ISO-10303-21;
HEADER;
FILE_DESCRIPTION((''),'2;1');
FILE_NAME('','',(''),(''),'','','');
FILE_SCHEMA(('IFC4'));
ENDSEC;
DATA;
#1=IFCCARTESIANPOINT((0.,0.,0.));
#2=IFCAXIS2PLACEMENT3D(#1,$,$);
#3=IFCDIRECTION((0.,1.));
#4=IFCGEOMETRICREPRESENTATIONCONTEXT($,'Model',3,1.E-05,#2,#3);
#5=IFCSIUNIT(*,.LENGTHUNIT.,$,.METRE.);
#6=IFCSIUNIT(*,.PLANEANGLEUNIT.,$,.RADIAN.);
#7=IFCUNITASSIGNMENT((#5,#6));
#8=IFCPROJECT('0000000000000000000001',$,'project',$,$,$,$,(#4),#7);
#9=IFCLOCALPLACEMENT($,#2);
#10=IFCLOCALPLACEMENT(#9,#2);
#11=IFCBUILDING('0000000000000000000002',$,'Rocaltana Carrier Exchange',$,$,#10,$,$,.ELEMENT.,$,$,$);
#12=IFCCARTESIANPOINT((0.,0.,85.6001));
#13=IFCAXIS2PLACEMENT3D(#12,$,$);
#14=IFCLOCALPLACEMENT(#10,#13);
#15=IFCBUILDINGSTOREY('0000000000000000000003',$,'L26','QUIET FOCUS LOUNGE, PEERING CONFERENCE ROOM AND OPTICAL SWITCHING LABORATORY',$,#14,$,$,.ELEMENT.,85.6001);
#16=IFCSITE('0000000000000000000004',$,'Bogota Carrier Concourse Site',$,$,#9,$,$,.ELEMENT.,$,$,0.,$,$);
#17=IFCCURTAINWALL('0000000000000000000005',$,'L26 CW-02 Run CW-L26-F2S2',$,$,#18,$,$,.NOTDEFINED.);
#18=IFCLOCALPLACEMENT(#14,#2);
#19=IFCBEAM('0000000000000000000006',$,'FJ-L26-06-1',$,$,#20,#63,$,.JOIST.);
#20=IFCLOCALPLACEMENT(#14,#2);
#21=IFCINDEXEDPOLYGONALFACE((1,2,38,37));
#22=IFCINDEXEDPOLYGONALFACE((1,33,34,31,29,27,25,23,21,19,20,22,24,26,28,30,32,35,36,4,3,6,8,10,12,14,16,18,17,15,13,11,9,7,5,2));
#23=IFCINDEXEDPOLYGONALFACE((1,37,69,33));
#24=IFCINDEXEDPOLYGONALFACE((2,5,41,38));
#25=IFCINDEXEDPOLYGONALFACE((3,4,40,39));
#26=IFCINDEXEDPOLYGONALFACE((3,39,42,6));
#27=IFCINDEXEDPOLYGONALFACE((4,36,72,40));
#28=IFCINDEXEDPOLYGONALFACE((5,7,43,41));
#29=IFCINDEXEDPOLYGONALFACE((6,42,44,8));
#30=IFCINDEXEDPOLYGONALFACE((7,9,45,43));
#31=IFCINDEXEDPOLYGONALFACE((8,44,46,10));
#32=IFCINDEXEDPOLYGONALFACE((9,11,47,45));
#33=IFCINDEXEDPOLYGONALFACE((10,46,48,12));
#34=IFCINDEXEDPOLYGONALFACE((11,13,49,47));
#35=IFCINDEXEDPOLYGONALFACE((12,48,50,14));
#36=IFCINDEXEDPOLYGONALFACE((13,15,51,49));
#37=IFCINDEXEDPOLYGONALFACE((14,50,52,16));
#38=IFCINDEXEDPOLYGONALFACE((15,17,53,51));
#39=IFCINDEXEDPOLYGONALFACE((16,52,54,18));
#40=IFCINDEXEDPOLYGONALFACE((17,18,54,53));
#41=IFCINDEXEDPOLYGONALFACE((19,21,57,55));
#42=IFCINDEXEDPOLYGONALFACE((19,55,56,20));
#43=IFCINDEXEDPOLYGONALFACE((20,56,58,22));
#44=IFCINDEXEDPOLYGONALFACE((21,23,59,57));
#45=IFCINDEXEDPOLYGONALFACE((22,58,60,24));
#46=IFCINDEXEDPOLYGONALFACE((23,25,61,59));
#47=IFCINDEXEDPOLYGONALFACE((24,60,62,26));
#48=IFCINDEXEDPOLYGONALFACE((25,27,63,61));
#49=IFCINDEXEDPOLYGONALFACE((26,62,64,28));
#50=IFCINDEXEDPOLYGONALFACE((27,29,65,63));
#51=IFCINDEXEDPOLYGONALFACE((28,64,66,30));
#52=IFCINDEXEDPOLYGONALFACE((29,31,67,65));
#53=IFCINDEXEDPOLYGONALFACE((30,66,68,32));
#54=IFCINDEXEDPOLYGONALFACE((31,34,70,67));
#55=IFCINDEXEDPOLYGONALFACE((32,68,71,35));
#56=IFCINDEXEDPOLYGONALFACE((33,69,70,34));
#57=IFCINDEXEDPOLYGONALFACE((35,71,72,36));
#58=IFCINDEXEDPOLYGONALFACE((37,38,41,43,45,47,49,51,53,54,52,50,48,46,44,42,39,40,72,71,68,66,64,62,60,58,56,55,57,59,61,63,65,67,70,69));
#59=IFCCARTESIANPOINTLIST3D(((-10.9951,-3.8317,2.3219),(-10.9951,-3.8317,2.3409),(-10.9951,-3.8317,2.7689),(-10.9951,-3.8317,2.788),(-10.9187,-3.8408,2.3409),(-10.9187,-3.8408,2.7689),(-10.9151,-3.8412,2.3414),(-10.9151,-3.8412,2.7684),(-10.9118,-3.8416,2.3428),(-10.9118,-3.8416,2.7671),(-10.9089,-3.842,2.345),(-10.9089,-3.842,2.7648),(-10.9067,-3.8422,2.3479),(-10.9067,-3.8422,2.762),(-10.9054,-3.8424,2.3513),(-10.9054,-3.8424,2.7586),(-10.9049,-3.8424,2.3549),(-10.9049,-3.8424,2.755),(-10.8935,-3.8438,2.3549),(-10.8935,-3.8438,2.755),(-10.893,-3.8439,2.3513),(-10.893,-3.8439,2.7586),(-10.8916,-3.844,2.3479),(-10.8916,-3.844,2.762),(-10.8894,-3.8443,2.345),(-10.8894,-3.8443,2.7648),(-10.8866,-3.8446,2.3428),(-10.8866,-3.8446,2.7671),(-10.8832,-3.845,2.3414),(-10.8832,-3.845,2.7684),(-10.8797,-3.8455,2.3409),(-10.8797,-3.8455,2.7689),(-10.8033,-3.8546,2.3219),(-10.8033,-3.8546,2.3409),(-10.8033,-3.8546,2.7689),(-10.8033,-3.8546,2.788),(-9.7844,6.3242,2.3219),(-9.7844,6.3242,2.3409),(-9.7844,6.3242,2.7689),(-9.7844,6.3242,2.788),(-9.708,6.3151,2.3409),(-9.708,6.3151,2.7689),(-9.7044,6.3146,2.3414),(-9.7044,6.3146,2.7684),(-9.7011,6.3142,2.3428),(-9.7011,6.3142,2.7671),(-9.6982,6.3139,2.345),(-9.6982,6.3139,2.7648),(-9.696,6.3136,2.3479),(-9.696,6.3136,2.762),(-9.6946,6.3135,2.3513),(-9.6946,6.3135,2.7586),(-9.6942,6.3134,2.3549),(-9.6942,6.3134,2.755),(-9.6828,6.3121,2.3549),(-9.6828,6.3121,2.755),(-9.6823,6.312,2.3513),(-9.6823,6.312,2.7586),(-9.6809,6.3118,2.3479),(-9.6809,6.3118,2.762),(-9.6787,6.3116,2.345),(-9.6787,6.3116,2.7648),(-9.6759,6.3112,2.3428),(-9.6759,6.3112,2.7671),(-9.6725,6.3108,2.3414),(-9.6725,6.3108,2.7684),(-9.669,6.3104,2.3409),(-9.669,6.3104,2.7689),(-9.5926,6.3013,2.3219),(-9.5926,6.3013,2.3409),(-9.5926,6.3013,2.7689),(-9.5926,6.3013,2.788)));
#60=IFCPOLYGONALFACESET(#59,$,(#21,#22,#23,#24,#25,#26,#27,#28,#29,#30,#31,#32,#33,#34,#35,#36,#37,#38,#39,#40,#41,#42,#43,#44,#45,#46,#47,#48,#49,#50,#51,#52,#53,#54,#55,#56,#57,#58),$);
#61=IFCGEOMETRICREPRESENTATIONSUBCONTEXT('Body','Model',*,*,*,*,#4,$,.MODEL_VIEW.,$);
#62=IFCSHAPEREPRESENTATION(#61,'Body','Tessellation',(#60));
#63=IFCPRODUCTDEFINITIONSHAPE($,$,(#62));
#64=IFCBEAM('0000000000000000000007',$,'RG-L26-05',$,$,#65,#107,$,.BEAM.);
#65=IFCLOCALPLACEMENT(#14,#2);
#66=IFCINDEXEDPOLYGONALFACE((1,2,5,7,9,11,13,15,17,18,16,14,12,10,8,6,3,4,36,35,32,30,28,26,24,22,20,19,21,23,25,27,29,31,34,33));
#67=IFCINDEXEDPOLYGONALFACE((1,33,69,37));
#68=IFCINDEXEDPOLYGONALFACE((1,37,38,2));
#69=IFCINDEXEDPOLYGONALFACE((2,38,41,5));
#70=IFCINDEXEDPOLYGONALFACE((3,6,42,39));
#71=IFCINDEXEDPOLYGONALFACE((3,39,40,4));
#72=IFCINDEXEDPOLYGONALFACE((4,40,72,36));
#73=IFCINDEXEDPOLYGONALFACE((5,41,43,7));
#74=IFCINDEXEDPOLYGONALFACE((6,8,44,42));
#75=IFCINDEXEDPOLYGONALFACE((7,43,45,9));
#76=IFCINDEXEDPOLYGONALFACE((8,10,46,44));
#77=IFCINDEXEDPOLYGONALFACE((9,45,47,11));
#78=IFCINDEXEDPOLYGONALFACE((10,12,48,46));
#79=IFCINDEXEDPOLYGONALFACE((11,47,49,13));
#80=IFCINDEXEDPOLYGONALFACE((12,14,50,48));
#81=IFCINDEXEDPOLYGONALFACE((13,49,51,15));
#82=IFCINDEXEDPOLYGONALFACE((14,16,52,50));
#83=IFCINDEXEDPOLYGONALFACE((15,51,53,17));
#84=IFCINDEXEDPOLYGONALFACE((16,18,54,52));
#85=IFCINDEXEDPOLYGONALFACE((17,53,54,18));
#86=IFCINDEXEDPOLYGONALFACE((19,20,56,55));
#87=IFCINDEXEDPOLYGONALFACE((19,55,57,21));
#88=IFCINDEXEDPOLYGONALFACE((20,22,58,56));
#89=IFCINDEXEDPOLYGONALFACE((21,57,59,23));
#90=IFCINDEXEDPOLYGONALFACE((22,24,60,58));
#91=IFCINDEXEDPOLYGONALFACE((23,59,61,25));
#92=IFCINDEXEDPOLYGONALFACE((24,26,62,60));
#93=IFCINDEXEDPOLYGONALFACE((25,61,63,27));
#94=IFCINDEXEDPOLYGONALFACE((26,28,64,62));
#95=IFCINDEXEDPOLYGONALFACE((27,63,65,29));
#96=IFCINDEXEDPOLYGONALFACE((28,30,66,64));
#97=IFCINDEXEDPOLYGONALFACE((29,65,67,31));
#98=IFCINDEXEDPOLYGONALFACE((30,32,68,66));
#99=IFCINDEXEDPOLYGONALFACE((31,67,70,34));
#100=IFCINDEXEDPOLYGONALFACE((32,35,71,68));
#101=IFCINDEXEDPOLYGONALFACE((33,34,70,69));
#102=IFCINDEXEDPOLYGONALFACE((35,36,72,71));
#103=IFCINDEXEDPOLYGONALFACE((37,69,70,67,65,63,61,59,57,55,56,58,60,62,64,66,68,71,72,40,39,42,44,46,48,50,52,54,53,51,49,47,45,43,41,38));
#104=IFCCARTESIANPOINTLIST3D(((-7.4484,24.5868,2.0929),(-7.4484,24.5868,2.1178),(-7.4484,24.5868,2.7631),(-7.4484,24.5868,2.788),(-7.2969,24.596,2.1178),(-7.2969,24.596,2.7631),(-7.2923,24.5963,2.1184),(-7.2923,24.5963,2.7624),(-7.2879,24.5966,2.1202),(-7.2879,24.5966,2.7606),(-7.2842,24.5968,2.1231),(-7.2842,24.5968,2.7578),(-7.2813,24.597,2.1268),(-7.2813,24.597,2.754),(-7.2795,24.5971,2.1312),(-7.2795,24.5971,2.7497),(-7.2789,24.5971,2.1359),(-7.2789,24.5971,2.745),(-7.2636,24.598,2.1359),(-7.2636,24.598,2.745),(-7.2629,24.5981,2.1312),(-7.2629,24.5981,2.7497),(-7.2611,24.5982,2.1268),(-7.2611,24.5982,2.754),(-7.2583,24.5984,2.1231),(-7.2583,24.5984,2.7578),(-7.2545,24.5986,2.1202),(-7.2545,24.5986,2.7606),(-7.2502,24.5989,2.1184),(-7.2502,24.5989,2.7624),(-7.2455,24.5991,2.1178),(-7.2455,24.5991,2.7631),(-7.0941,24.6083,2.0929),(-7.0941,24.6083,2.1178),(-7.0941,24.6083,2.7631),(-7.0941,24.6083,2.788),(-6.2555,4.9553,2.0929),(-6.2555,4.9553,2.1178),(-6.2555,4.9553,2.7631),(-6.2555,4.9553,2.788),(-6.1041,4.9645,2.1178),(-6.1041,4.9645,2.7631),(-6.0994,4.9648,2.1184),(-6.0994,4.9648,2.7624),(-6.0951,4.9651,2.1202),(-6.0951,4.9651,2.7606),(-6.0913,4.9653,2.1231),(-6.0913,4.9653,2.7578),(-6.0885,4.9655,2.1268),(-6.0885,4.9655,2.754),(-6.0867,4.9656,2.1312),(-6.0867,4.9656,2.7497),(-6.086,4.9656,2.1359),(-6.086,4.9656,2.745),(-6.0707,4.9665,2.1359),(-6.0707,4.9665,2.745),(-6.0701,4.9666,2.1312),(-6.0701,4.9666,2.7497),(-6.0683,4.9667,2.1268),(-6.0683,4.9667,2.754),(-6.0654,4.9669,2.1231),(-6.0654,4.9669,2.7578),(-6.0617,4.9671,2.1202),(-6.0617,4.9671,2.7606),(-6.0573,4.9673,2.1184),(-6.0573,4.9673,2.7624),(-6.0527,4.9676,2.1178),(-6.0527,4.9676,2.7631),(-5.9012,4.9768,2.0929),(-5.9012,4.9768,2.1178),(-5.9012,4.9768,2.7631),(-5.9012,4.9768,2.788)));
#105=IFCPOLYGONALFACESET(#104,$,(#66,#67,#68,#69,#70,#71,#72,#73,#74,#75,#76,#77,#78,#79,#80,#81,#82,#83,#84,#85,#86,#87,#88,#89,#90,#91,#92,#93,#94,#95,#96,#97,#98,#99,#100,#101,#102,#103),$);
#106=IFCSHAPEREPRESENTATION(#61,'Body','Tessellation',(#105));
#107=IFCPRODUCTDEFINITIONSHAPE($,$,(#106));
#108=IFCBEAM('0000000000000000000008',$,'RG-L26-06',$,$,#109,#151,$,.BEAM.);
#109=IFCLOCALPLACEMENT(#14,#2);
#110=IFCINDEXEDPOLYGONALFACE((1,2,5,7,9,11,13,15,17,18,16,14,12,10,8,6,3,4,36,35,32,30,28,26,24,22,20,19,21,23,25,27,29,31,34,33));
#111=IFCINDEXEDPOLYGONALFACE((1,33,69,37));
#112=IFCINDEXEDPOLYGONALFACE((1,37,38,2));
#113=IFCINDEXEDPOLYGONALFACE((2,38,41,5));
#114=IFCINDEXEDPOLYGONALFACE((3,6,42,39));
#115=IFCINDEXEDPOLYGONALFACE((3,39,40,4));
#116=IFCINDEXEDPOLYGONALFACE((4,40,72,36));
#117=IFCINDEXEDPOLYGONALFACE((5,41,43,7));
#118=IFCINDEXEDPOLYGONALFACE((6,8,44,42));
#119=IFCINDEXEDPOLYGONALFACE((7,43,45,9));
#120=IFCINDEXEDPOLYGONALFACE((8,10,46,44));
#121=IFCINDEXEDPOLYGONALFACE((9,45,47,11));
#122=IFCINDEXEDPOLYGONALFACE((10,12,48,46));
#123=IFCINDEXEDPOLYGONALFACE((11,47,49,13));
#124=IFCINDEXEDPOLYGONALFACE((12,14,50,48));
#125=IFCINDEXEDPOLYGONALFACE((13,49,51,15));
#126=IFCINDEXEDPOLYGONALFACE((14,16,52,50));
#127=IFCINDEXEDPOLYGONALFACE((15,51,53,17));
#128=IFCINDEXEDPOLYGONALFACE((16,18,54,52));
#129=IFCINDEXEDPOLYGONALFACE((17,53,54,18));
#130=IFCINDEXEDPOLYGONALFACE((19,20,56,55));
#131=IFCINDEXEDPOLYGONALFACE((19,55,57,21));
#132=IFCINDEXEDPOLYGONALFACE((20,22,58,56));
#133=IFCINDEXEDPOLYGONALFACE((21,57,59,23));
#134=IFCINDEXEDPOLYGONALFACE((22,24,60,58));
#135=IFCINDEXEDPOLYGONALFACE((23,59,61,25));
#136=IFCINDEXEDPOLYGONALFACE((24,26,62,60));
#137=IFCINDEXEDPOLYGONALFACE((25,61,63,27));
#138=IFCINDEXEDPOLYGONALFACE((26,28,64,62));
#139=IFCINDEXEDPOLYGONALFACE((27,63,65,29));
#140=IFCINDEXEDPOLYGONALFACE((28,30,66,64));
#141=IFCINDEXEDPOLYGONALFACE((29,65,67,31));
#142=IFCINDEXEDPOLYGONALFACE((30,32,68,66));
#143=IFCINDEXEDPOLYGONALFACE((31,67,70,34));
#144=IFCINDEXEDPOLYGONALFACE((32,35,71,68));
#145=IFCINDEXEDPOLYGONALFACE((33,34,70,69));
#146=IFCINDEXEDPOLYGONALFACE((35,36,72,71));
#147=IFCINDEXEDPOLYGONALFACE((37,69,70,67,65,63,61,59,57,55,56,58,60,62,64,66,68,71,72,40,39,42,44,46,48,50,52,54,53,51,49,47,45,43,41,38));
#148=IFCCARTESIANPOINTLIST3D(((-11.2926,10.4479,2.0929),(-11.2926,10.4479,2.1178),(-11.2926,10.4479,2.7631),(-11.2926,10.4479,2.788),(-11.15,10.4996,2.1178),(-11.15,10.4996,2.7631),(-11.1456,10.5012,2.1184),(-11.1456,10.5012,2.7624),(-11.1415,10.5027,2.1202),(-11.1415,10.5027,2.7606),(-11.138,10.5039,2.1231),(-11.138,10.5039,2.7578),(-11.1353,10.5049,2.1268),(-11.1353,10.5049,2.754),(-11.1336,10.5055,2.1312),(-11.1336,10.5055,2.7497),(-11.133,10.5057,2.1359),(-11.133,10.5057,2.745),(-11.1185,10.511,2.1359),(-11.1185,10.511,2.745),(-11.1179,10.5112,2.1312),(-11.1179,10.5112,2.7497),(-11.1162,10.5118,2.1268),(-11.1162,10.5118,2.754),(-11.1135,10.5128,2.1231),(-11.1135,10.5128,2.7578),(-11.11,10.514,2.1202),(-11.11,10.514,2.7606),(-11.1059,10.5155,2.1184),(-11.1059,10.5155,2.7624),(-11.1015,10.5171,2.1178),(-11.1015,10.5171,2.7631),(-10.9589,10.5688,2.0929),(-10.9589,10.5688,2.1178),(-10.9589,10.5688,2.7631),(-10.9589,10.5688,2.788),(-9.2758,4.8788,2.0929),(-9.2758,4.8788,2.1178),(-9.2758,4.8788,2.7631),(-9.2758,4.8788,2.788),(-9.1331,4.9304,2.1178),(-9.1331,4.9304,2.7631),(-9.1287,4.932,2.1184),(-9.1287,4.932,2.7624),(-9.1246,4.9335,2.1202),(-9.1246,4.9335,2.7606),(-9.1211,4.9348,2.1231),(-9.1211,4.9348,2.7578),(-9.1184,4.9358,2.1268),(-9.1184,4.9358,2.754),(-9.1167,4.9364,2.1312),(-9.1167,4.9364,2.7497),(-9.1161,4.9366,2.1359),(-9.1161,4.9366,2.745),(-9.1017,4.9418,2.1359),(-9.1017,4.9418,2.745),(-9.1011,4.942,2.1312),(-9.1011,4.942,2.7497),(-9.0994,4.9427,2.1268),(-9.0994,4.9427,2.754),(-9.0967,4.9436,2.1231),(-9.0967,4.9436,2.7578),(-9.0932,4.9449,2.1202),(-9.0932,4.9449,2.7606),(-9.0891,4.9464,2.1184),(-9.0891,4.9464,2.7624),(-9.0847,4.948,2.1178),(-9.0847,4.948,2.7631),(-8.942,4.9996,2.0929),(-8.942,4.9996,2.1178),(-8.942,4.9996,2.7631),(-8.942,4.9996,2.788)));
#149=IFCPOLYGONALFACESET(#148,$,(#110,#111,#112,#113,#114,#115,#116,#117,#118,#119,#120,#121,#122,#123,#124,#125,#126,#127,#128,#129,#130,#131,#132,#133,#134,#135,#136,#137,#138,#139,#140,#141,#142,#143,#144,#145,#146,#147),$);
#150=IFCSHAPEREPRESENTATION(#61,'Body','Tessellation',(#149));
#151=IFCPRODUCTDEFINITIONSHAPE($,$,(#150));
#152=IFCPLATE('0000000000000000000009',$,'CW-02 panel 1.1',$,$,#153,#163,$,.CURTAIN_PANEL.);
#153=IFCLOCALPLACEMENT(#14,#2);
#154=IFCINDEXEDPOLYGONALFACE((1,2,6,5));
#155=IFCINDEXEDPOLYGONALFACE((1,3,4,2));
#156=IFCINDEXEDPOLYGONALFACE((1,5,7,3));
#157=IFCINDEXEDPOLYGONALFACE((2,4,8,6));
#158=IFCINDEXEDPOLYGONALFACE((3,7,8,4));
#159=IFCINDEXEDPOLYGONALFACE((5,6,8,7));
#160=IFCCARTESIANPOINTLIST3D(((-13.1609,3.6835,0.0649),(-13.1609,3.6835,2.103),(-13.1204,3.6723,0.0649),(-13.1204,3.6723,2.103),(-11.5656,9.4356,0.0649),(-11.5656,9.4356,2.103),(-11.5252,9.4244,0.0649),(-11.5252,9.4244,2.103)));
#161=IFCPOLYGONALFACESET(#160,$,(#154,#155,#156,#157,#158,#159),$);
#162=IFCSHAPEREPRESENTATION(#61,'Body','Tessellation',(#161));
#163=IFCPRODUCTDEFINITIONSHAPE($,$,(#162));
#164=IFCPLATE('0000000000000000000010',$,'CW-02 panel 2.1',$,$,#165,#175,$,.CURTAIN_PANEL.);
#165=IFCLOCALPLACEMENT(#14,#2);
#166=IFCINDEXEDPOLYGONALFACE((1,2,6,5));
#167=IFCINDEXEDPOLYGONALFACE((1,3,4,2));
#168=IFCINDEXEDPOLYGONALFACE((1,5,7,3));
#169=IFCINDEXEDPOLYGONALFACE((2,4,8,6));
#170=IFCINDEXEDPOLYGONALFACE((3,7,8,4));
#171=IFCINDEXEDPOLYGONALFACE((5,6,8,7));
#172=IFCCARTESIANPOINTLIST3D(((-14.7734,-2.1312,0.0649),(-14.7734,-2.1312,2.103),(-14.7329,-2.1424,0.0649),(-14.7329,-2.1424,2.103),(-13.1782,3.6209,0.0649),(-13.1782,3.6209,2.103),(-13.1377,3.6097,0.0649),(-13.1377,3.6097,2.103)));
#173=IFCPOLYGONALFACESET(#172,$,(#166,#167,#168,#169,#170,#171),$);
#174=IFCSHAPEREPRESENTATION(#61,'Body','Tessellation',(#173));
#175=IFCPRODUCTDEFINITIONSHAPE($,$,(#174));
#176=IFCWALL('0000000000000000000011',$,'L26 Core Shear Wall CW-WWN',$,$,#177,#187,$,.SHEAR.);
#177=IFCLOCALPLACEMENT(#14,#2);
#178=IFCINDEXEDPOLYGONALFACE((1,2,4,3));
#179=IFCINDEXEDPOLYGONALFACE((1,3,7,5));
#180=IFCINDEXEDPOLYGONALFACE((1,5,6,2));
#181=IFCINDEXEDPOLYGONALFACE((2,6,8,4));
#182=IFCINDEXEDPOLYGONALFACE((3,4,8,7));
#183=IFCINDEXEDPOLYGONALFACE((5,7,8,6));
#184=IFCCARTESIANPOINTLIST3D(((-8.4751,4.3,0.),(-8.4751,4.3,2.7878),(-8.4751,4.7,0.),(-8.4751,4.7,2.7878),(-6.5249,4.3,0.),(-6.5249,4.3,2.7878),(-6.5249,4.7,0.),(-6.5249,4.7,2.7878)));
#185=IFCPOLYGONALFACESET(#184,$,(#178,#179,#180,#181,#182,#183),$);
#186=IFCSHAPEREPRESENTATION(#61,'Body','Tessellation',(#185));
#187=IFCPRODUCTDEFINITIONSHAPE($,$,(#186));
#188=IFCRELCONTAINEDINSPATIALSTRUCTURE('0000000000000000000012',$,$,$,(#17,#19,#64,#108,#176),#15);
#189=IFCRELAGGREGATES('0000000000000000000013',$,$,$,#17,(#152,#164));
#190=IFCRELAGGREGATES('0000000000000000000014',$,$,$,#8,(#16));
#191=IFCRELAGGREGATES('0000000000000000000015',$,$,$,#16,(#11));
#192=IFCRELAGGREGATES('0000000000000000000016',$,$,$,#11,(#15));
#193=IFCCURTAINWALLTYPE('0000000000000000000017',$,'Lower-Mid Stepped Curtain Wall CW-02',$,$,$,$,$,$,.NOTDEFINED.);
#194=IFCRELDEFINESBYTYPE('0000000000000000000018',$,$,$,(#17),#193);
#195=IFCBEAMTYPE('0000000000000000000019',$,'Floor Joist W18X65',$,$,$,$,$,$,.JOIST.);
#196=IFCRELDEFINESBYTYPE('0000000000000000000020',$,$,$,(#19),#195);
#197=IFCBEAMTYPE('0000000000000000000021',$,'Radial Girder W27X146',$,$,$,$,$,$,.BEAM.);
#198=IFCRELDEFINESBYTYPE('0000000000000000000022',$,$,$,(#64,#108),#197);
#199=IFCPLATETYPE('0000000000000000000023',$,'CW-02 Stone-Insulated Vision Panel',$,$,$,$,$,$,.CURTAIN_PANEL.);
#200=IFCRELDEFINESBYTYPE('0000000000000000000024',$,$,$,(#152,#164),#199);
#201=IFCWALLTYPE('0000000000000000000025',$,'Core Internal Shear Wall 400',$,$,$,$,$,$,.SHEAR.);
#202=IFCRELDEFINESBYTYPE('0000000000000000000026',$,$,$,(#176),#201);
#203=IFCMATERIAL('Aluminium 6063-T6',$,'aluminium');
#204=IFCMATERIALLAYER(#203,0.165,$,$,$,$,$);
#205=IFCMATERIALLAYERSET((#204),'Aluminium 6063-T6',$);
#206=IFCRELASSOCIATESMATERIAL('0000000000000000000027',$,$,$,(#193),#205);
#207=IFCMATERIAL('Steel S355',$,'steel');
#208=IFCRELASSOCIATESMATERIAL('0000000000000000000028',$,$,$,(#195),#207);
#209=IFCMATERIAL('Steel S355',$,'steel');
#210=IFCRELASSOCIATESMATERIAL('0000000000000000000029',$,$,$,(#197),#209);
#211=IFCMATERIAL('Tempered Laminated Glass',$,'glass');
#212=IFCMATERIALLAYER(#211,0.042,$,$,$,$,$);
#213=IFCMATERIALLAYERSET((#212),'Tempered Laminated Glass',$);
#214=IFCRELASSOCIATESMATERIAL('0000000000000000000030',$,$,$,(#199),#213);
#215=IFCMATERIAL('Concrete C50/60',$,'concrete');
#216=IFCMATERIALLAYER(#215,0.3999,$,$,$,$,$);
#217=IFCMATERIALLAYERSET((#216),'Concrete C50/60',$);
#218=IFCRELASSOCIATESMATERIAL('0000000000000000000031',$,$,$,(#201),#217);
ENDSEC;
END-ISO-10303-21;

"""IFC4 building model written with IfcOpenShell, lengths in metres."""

from ifc_helpers import new_model, si_unit, direction, frame, frame_2d, origin, origin_2d, place, context, subcontext, project, spatial, rectangle, i_section, extrude, material, layer, layer_set, material_profile, profile_set, type_object, element, aggregate, save


model = new_model("IFC4")

# Units and contexts
model_context = context("Model", 3, precision=1e-05, world=origin(), true_north=direction((0.0, 1.0)))
body_context = subcontext(model_context, "Body", "Model", "MODEL_VIEW")
ifc_project = project(units=[si_unit("LENGTHUNIT", "METRE"), si_unit("PLANEANGLEUNIT", "RADIAN")], contexts=[model_context])

# Site, building, storey
site_placement = place(None, origin())
site = spatial("IfcSite", under=ifc_project, at=site_placement, Name="Bogota Carrier Concourse Site", CompositionType="ELEMENT", RefElevation=0.0)
building_placement = place(site_placement, origin())
building = spatial("IfcBuilding", under=site, at=building_placement, Name="Rocaltana Carrier Exchange", CompositionType="ELEMENT")
storey_placement = place(building_placement, frame((0.0, 0.0, 85.6001)))
storey = spatial("IfcBuildingStorey", under=building, at=storey_placement, Name="L26", Description="QUIET FOCUS LOUNGE, PEERING CONFERENCE ROOM AND OPTICAL SWITCHING LABORATORY", CompositionType="ELEMENT", Elevation=85.6001)

# Curtain wall
ifc_material_1 = material(Name="Aluminium 6063-T6", Category="aluminium")
ifc_layer_1 = layer(ifc_material_1, 0.165)
ifc_layer_set_1 = layer_set([ifc_layer_1], Name="Aluminium 6063-T6")
curtain_wall_type = type_object("IfcCurtainWallType", Name="Lower-Mid Stepped Curtain Wall CW-02", PredefinedType="NOTDEFINED", material=ifc_layer_set_1)
curtain_wall_placement = place(storey_placement, origin())
curtain_wall = element("IfcCurtainWall", 1, at=curtain_wall_placement, inside=storey, type_object=curtain_wall_type, Name="L26 CW-02 Run CW-L26-F2S2", PredefinedType="NOTDEFINED")

# Beams
ifc_material_2 = material(Name="Steel S355", Category="steel")
ifc_material_profile_1 = material_profile(ifc_material_2, i_section(OverallWidth=0.1931, OverallDepth=0.4661, WebThickness=0.0115, FlangeThickness=0.019, FilletRadius=0.0139, at=origin_2d()), Name="W18X65")
ifc_profile_set_1 = profile_set([ifc_material_profile_1], Name="Steel S355")
beam_type_1 = type_object("IfcBeamType", Name="Floor Joist W18X65", PredefinedType="JOIST", material=ifc_profile_set_1)
beam_1_placement = place(storey_placement, frame((-9.6885, 6.3127, 2.5549), z_axis=(-0.118374, -0.992969, 0.0), x_axis=(0.992969, -0.118374, 0.0)))
element("IfcBeam", 2, at=beam_1_placement, inside=storey, type_object=beam_type_1, Name="FJ-L26-06-1", PredefinedType="JOIST", context=body_context, shape_type="SweptSolid", body=[
    extrude(i_section(OverallWidth=0.1931, OverallDepth=0.4661, WebThickness=0.0115, FlangeThickness=0.019, FilletRadius=0.0139, at=origin_2d()), origin(), (0.0, 0.0, 1.0), 10.2278),
])
ifc_material_3 = material(Name="Steel S355", Category="steel")
ifc_material_profile_2 = material_profile(ifc_material_3, i_section(OverallWidth=0.355, OverallDepth=0.6951, WebThickness=0.0154, FlangeThickness=0.0249, FilletRadius=0.0181, at=origin_2d()), Name="W27X146")
ifc_profile_set_2 = profile_set([ifc_material_profile_2], Name="Steel S355")
beam_type_2 = type_object("IfcBeamType", Name="Radial Girder W27X146", PredefinedType="BEAM", material=ifc_profile_set_2)
beam_2_placement = place(storey_placement, frame((-6.0784, 4.9661, 2.4404), z_axis=(-0.060651, 0.998159, 0.0), x_axis=(-0.998159, -0.060651, 0.0)))
element("IfcBeam", 3, at=beam_2_placement, inside=storey, type_object=beam_type_2, Name="RG-L26-05", PredefinedType="BEAM", context=body_context, shape_type="SweptSolid", body=[
    extrude(i_section(OverallWidth=0.355, OverallDepth=0.6951, WebThickness=0.0154, FlangeThickness=0.0249, FilletRadius=0.0181, at=origin_2d()), origin(), (0.0, 0.0, 1.0), 19.6677),
])
beam_3_placement = place(storey_placement, frame((-9.1089, 4.9392, 2.4404), z_axis=(-0.340508, 0.940242, 0.0), x_axis=(-0.940242, -0.340508, 0.0)))
element("IfcBeam", 4, at=beam_3_placement, inside=storey, type_object=beam_type_2, Name="RG-L26-06", PredefinedType="BEAM", context=body_context, shape_type="SweptSolid", body=[
    extrude(i_section(OverallWidth=0.355, OverallDepth=0.6951, WebThickness=0.0154, FlangeThickness=0.0249, FilletRadius=0.0181, at=origin_2d()), origin(), (0.0, 0.0, 1.0), 5.9231),
])

# Plates
ifc_material_4 = material(Name="Tempered Laminated Glass", Category="glass")
ifc_layer_2 = layer(ifc_material_4, 0.042)
ifc_layer_set_2 = layer_set([ifc_layer_2], Name="Tempered Laminated Glass")
plate_type = type_object("IfcPlateType", Name="CW-02 Stone-Insulated Vision Panel", PredefinedType="CURTAIN_PANEL", material=ifc_layer_set_2)
plate_1_placement = place(storey_placement, frame((-12.343, 6.554, 0.0649), z_axis=(0.0, 0.0, 1.0), x_axis=(-0.267238, -0.963631, 0.0)))
plate_1 = element("IfcPlate", 5, at=plate_1_placement, type_object=plate_type, Name="CW-02 panel 1.1", PredefinedType="CURTAIN_PANEL", context=body_context, shape_type="SweptSolid", body=[
    extrude(rectangle(XDim=5.9692, YDim=0.042, at=origin_2d()), origin(), (0.0, 0.0, 1.0), 2.0381),
])
plate_2_placement = place(storey_placement, frame((-13.9556, 0.7393, 0.0649), z_axis=(0.0, 0.0, 1.0), x_axis=(-0.267238, -0.963631, 0.0)))
plate_2 = element("IfcPlate", 6, at=plate_2_placement, type_object=plate_type, Name="CW-02 panel 2.1", PredefinedType="CURTAIN_PANEL", context=body_context, shape_type="SweptSolid", body=[
    extrude(rectangle(XDim=5.9692, YDim=0.042, at=origin_2d()), origin(), (0.0, 0.0, 1.0), 2.0381),
])
aggregate(curtain_wall, [plate_1, plate_2])

# Wall
ifc_material_5 = material(Name="Concrete C50/60", Category="concrete")
ifc_layer_3 = layer(ifc_material_5, 0.3999)
ifc_layer_set_3 = layer_set([ifc_layer_3], Name="Concrete C50/60")
wall_type_1 = type_object("IfcWallType", Name="Core Internal Shear Wall 400", PredefinedType="SHEAR", material=ifc_layer_set_3)
wall_1_placement = place(storey_placement, frame((-8.4751, 4.5, 0.0), z_axis=(0.0, 0.0, 1.0), x_axis=(1.0, 0.0, 0.0)))
element("IfcWall", 7, at=wall_1_placement, inside=storey, type_object=wall_type_1, Name="L26 Core Shear Wall CW-WWN", PredefinedType="SHEAR", context=body_context, shape_type="SweptSolid", body=[
    extrude(rectangle(XDim=1.9502, YDim=0.3999, at=frame_2d((0.9751, 0.0))), origin(), (0.0, 0.0, 1.0), 2.7878),
])

save(model, "model.ifc")
